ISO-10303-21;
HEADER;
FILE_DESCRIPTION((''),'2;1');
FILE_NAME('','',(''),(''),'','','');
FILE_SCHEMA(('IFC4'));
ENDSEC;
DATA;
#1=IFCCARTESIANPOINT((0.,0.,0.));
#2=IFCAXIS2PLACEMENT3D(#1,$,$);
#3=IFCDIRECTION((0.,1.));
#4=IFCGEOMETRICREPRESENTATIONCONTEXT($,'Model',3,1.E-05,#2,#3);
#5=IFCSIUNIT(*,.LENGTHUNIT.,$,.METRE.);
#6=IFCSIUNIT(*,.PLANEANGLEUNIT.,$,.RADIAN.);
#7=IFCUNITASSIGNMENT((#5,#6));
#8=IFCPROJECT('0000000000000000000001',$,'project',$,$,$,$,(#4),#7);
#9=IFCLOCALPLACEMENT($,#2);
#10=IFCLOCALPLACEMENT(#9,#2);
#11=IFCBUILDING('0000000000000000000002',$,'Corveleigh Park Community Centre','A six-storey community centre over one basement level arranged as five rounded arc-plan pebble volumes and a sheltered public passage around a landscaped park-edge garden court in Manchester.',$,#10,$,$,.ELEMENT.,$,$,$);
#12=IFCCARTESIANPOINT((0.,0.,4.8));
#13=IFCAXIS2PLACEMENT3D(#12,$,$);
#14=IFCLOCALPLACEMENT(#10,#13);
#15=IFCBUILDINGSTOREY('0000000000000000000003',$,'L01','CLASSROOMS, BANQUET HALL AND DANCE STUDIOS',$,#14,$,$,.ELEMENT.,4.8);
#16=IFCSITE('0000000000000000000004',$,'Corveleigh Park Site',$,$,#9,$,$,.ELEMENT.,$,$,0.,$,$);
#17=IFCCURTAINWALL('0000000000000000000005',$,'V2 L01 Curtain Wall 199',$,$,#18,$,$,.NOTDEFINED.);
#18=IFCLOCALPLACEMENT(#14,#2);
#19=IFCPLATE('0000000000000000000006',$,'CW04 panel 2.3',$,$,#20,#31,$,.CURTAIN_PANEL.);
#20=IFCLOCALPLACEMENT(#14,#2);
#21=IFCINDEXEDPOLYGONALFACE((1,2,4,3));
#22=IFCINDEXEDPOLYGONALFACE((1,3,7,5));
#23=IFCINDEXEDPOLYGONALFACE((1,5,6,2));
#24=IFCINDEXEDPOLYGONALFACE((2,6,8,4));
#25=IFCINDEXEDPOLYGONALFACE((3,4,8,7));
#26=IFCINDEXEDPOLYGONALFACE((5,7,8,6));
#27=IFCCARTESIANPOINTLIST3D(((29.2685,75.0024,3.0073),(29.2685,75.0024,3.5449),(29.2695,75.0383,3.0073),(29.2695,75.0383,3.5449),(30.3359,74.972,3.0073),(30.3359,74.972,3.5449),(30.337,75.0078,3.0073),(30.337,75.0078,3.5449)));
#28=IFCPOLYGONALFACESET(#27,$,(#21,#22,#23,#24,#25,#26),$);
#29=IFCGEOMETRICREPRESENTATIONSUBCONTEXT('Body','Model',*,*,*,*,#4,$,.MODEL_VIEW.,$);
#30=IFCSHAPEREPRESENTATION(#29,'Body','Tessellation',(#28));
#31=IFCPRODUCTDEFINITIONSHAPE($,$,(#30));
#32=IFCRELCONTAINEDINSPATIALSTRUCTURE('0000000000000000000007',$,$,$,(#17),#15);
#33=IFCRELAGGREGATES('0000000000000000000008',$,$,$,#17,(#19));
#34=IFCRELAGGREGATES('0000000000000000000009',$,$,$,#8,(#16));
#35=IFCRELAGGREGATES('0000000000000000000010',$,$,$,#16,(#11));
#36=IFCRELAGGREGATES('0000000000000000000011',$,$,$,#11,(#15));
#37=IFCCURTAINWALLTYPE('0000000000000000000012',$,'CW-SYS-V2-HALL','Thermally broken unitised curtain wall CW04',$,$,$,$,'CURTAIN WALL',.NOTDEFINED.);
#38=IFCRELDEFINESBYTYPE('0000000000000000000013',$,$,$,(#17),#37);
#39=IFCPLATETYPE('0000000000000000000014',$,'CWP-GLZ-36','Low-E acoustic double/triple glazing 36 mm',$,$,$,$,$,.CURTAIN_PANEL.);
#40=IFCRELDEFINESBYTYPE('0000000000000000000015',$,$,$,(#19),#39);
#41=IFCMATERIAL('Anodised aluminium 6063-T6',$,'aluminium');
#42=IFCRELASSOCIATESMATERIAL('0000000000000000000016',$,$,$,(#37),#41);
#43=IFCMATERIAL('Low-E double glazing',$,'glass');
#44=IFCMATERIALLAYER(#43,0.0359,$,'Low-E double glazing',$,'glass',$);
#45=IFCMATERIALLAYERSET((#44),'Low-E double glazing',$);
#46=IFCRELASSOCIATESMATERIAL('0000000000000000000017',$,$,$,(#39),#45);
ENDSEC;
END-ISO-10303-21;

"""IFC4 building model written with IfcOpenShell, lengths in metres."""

from ifc_helpers import new_model, si_unit, direction, frame, origin, origin_2d, place, context, subcontext, project, spatial, rectangle, extrude, material, layer, layer_set, type_object, element, aggregate, save


model = new_model("IFC4")

# Units and contexts
model_context = context("Model", 3, precision=1e-05, world=origin(), true_north=direction((0.0, 1.0)))
body_context = subcontext(model_context, "Body", "Model", "MODEL_VIEW")
ifc_project = project(units=[si_unit("LENGTHUNIT", "METRE"), si_unit("PLANEANGLEUNIT", "RADIAN")], contexts=[model_context])

# Site, building, storey
site_placement = place(None, origin())
site = spatial("IfcSite", under=ifc_project, at=site_placement, Name="Corveleigh Park Site", CompositionType="ELEMENT", RefElevation=0.0)
building_placement = place(site_placement, origin())
building = spatial("IfcBuilding", under=site, at=building_placement, Name="Corveleigh Park Community Centre", Description="A six-storey community centre over one basement level arranged as five rounded arc-plan pebble volumes and a sheltered public passage around a landscaped park-edge garden court in Manchester.", CompositionType="ELEMENT")
storey_placement = place(building_placement, frame((0.0, 0.0, 4.8)))
storey = spatial("IfcBuildingStorey", under=building, at=storey_placement, Name="L01", Description="CLASSROOMS, BANQUET HALL AND DANCE STUDIOS", CompositionType="ELEMENT", Elevation=4.8)

# Curtain wall
ifc_material_1 = material(Name="Anodised aluminium 6063-T6", Category="aluminium")
curtain_wall_type = type_object("IfcCurtainWallType", Name="CW-SYS-V2-HALL", Description="Thermally broken unitised curtain wall CW04", ElementType="CURTAIN WALL", PredefinedType="NOTDEFINED", material=ifc_material_1)
curtain_wall_1_placement = place(storey_placement, origin())
curtain_wall_1 = element("IfcCurtainWall", 1, at=curtain_wall_1_placement, inside=storey, type_object=curtain_wall_type, Name="V2 L01 Curtain Wall 199", PredefinedType="NOTDEFINED")

# Plate
ifc_material_2 = material(Name="Low-E double glazing", Category="glass")
ifc_layer_1 = layer(ifc_material_2, 0.0359, Name="Low-E double glazing", Category="glass")
ifc_layer_set_1 = layer_set([ifc_layer_1], Name="Low-E double glazing")
plate_type_1 = type_object("IfcPlateType", Name="CWP-GLZ-36", Description="Low-E acoustic double/triple glazing 36 mm", PredefinedType="CURTAIN_PANEL", material=ifc_layer_set_1)
plate_1_placement = place(storey_placement, frame((29.8027, 75.0051, 3.0073), z_axis=(0.0, 0.0, 1.0), x_axis=(-0.999594, 0.028498, 0.0)))
plate_1 = element("IfcPlate", 2, at=plate_1_placement, type_object=plate_type_1, Name="CW04 panel 2.3", PredefinedType="CURTAIN_PANEL", context=body_context, shape_type="SweptSolid", body=[
    extrude(rectangle(XDim=1.0679, YDim=0.0359, at=origin_2d()), origin(), (0.0, 0.0, 1.0), 0.5376),
])
aggregate(curtain_wall_1, [plate_1])

save(model, "model.ifc")
